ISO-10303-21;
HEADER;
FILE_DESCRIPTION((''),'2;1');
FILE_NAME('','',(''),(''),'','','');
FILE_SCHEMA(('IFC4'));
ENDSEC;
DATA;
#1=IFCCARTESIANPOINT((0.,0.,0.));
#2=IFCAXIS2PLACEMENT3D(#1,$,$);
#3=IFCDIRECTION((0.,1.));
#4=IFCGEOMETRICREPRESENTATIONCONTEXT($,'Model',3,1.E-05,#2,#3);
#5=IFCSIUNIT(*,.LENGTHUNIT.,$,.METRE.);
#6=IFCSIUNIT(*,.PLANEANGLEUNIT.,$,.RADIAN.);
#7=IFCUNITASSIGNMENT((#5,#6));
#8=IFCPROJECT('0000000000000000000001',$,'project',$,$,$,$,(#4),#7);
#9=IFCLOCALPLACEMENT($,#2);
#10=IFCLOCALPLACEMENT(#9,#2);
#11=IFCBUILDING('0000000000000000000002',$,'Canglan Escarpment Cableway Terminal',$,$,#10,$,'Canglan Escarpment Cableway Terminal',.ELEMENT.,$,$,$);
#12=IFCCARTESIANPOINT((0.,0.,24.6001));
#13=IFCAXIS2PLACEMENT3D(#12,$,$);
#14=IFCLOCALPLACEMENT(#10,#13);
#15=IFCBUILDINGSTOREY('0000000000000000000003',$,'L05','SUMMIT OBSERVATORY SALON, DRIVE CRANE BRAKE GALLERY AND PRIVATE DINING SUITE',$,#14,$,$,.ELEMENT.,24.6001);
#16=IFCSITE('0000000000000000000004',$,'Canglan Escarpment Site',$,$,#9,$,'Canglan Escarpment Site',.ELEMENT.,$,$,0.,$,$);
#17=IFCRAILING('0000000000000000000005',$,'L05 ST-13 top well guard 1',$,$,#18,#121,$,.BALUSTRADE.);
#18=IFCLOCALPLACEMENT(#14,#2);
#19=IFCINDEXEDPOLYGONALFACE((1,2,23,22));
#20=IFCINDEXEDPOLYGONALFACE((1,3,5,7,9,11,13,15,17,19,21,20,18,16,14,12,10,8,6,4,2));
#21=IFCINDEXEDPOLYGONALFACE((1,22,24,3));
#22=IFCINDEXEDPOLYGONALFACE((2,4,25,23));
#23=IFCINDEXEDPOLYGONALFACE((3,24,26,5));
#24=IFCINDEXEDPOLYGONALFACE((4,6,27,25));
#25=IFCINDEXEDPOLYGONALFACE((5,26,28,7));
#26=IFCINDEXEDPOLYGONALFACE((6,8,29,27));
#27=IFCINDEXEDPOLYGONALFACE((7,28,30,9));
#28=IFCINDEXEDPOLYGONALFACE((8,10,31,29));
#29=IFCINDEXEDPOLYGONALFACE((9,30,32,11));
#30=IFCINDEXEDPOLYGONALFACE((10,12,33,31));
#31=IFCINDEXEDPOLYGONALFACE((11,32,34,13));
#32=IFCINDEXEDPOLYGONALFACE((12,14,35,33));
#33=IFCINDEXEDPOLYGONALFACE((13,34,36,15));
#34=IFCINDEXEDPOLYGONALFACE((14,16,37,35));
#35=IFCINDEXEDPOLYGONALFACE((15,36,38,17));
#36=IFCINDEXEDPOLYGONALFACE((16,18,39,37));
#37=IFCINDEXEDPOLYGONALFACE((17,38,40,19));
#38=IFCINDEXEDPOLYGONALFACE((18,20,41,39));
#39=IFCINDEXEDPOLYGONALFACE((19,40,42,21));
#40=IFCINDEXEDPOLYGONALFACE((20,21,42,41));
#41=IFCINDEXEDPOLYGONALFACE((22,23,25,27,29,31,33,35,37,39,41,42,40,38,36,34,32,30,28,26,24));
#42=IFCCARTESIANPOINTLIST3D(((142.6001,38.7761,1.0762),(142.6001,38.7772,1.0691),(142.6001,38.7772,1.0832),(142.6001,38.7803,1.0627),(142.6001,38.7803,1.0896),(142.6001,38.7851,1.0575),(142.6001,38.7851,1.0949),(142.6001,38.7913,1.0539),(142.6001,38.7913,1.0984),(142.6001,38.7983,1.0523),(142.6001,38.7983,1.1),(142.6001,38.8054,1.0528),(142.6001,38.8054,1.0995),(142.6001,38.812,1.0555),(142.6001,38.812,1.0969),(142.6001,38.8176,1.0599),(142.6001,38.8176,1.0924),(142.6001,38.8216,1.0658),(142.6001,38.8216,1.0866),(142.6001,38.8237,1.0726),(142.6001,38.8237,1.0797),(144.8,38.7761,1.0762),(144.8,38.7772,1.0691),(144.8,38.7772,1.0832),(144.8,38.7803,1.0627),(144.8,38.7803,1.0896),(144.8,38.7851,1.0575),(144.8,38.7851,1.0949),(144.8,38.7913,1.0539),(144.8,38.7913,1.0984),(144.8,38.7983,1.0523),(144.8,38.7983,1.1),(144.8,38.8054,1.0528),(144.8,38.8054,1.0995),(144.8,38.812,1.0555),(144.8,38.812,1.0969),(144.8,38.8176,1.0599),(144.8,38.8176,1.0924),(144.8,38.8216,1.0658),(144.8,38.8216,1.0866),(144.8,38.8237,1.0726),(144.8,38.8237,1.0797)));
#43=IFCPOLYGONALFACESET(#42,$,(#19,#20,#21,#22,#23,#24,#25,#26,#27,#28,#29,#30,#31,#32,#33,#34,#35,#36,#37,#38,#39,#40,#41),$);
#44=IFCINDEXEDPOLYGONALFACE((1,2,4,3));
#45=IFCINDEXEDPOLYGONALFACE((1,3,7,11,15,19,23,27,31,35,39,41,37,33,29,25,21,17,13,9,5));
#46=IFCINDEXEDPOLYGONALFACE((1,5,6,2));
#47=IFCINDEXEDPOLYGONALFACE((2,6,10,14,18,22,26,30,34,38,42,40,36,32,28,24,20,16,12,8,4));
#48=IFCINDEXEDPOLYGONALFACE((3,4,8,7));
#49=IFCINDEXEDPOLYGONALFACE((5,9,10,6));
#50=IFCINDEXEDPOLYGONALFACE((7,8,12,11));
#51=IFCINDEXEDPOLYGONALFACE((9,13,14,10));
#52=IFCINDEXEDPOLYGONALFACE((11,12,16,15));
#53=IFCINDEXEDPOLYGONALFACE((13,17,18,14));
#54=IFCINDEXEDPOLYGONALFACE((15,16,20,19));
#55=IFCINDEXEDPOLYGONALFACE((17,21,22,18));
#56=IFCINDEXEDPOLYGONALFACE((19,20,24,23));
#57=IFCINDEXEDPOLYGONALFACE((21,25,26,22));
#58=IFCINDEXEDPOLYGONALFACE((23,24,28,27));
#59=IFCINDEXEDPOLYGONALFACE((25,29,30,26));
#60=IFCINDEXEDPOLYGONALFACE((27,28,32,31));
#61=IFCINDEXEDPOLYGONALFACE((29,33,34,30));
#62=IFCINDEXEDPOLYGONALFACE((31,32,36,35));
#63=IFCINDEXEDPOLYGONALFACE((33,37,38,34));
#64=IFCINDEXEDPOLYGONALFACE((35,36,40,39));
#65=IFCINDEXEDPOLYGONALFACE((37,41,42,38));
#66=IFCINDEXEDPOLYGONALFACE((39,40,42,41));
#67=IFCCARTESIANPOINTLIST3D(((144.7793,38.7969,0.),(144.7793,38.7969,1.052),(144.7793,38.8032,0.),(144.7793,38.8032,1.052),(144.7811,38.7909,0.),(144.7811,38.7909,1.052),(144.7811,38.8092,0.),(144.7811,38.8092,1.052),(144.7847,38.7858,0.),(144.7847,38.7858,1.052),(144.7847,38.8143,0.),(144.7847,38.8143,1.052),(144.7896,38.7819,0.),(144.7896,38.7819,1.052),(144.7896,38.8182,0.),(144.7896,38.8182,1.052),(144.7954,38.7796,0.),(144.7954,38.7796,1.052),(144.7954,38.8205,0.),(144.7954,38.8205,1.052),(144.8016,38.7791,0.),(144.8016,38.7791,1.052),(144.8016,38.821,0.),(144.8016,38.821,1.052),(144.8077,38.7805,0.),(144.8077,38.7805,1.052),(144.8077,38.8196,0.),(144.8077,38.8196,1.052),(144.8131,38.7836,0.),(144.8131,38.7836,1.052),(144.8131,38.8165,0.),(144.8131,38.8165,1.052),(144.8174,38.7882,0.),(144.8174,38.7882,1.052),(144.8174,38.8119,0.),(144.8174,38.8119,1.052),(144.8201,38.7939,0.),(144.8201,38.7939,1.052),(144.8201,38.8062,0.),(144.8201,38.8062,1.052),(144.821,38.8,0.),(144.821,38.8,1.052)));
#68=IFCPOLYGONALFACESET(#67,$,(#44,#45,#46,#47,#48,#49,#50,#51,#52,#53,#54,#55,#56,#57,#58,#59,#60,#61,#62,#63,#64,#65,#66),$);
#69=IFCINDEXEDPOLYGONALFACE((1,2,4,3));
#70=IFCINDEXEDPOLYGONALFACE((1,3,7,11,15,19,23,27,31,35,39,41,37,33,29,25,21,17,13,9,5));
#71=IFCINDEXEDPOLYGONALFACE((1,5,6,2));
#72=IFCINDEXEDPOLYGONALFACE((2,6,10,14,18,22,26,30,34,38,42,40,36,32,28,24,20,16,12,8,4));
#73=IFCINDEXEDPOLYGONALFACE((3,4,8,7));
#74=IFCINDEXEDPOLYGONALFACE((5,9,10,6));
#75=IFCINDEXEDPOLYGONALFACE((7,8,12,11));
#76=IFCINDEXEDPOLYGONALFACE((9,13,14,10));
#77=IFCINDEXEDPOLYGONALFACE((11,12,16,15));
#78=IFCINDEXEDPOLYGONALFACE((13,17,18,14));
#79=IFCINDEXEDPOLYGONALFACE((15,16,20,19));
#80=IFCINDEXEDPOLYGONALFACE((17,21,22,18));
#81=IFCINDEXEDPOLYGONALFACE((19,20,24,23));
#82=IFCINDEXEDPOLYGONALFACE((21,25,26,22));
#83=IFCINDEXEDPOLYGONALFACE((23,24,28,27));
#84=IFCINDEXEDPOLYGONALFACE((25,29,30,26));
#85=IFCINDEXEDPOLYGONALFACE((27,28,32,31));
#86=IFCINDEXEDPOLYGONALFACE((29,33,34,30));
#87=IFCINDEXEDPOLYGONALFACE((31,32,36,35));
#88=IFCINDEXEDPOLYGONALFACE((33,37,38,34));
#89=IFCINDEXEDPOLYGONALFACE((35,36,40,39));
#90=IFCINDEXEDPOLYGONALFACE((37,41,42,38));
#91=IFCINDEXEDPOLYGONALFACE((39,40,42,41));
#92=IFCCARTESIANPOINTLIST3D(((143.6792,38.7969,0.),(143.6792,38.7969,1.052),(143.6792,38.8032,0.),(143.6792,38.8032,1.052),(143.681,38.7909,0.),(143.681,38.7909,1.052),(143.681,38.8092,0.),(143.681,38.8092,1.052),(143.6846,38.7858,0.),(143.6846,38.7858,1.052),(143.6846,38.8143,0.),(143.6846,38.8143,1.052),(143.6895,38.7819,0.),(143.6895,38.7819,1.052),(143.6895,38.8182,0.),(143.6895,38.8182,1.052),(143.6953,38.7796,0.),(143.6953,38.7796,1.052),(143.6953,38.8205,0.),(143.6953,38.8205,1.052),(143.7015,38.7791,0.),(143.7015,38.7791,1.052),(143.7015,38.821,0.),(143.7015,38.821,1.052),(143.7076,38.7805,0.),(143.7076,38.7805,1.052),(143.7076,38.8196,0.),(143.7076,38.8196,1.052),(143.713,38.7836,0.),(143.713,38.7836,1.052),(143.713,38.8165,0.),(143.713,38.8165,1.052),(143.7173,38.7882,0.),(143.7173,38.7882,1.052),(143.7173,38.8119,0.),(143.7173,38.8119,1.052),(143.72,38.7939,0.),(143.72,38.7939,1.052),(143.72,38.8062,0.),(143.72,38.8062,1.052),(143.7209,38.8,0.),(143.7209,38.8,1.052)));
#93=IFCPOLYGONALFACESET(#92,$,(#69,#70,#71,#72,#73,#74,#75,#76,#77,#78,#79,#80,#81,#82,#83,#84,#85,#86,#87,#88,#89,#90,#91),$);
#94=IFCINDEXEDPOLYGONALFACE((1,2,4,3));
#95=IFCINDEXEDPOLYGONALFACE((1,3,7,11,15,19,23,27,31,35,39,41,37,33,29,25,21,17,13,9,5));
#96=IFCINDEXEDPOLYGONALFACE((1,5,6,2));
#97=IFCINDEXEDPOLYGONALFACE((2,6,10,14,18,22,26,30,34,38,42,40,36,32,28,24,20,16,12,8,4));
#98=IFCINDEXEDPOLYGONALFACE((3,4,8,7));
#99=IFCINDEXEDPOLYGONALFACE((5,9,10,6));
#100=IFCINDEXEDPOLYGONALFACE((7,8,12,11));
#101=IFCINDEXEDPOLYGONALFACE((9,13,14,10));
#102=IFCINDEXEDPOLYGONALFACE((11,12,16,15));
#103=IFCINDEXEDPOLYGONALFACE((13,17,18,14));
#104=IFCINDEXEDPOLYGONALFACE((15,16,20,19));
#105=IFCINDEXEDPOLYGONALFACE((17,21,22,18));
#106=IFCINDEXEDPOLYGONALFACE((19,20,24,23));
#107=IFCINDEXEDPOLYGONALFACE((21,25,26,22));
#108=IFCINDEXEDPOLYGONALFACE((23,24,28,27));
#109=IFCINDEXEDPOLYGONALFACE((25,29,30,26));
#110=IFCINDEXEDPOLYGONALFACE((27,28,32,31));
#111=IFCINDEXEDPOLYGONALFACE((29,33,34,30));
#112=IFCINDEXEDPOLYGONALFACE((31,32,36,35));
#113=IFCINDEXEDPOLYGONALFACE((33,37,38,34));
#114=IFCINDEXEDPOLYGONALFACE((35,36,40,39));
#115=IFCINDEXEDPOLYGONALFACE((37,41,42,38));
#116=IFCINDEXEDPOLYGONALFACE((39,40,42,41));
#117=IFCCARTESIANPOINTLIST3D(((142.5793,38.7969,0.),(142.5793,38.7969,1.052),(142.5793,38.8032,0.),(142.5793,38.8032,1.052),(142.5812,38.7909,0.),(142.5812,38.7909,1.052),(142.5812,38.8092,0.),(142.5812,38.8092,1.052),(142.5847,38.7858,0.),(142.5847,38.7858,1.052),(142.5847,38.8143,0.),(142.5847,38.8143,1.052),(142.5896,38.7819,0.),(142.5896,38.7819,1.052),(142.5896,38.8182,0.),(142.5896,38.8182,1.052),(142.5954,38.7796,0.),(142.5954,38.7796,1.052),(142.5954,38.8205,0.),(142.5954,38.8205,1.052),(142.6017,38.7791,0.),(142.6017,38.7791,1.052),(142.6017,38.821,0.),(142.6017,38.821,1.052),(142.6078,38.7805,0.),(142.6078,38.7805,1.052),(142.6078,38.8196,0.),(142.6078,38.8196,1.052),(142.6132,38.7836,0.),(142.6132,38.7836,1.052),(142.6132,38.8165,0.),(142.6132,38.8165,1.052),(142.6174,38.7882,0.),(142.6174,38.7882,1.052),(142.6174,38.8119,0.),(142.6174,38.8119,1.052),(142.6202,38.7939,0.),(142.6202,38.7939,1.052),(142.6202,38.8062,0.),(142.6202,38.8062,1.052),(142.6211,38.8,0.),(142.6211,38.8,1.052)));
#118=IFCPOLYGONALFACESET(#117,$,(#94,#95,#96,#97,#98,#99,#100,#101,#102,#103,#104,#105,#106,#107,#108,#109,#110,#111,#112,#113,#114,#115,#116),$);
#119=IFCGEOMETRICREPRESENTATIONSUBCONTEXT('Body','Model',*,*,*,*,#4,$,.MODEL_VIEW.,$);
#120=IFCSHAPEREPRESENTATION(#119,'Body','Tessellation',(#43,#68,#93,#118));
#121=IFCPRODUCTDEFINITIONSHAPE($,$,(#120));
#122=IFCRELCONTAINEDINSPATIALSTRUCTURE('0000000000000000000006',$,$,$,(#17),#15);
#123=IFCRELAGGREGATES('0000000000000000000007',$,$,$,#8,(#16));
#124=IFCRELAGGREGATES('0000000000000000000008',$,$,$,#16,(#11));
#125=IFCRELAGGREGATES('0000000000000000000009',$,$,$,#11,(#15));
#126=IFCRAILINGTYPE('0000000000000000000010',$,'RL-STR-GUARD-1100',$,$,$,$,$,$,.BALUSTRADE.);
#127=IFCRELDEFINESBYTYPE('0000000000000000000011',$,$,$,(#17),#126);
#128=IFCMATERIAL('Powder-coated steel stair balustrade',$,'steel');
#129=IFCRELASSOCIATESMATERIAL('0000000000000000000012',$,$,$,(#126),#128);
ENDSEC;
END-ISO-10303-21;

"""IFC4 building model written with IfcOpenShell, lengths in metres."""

from ifc_helpers import new_model, si_unit, direction, frame, origin, origin_2d, place, context, subcontext, project, spatial, circle, extrude, material, type_object, element, save


model = new_model("IFC4")

# Units and contexts
model_context = context("Model", 3, precision=1e-05, world=origin(), true_north=direction((0.0, 1.0)))
body_context = subcontext(model_context, "Body", "Model", "MODEL_VIEW")
ifc_project = project(units=[si_unit("LENGTHUNIT", "METRE"), si_unit("PLANEANGLEUNIT", "RADIAN")], contexts=[model_context])

# Site, building, storey
site_placement = place(None, origin())
site = spatial("IfcSite", under=ifc_project, at=site_placement, Name="Canglan Escarpment Site", LongName="Canglan Escarpment Site", CompositionType="ELEMENT", RefElevation=0.0)
building_placement = place(site_placement, origin())
building = spatial("IfcBuilding", under=site, at=building_placement, Name="Canglan Escarpment Cableway Terminal", LongName="Canglan Escarpment Cableway Terminal", CompositionType="ELEMENT")
storey_placement = place(building_placement, frame((0.0, 0.0, 24.6001)))
storey = spatial("IfcBuildingStorey", under=building, at=storey_placement, Name="L05", Description="SUMMIT OBSERVATORY SALON, DRIVE CRANE BRAKE GALLERY AND PRIVATE DINING SUITE", CompositionType="ELEMENT", Elevation=24.6001)

# Railing
ifc_material_1 = material(Name="Powder-coated steel stair balustrade", Category="steel")
railing_type = type_object("IfcRailingType", Name="RL-STR-GUARD-1100", PredefinedType="BALUSTRADE", material=ifc_material_1)
railing_placement = place(storey_placement, frame((144.8, 38.8, 0.0)))
element("IfcRailing", 1, at=railing_placement, inside=storey, type_object=railing_type, Name="L05 ST-13 top well guard 1", PredefinedType="BALUSTRADE", context=body_context, shape_type="SweptSolid", body=[
    extrude(circle(Radius=0.0239, at=origin_2d()), frame((0.0, 0.0, 1.0762), z_axis=(-1.0, 0.0, 0.0), x_axis=(0.0, -1.0, 0.0)), (0.0, 0.0, 1.0), 2.2),
    extrude(circle(Radius=0.021, at=origin_2d()), origin(), (0.0, 0.0, 1.0), 1.052),
    extrude(circle(Radius=0.021, at=origin_2d()), frame((-1.1001, 0.0, 0.0)), (0.0, 0.0, 1.0), 1.052),
    extrude(circle(Radius=0.021, at=origin_2d()), frame((-2.2, 0.0, 0.0)), (0.0, 0.0, 1.0), 1.052),
])

save(model, "model.ifc")
